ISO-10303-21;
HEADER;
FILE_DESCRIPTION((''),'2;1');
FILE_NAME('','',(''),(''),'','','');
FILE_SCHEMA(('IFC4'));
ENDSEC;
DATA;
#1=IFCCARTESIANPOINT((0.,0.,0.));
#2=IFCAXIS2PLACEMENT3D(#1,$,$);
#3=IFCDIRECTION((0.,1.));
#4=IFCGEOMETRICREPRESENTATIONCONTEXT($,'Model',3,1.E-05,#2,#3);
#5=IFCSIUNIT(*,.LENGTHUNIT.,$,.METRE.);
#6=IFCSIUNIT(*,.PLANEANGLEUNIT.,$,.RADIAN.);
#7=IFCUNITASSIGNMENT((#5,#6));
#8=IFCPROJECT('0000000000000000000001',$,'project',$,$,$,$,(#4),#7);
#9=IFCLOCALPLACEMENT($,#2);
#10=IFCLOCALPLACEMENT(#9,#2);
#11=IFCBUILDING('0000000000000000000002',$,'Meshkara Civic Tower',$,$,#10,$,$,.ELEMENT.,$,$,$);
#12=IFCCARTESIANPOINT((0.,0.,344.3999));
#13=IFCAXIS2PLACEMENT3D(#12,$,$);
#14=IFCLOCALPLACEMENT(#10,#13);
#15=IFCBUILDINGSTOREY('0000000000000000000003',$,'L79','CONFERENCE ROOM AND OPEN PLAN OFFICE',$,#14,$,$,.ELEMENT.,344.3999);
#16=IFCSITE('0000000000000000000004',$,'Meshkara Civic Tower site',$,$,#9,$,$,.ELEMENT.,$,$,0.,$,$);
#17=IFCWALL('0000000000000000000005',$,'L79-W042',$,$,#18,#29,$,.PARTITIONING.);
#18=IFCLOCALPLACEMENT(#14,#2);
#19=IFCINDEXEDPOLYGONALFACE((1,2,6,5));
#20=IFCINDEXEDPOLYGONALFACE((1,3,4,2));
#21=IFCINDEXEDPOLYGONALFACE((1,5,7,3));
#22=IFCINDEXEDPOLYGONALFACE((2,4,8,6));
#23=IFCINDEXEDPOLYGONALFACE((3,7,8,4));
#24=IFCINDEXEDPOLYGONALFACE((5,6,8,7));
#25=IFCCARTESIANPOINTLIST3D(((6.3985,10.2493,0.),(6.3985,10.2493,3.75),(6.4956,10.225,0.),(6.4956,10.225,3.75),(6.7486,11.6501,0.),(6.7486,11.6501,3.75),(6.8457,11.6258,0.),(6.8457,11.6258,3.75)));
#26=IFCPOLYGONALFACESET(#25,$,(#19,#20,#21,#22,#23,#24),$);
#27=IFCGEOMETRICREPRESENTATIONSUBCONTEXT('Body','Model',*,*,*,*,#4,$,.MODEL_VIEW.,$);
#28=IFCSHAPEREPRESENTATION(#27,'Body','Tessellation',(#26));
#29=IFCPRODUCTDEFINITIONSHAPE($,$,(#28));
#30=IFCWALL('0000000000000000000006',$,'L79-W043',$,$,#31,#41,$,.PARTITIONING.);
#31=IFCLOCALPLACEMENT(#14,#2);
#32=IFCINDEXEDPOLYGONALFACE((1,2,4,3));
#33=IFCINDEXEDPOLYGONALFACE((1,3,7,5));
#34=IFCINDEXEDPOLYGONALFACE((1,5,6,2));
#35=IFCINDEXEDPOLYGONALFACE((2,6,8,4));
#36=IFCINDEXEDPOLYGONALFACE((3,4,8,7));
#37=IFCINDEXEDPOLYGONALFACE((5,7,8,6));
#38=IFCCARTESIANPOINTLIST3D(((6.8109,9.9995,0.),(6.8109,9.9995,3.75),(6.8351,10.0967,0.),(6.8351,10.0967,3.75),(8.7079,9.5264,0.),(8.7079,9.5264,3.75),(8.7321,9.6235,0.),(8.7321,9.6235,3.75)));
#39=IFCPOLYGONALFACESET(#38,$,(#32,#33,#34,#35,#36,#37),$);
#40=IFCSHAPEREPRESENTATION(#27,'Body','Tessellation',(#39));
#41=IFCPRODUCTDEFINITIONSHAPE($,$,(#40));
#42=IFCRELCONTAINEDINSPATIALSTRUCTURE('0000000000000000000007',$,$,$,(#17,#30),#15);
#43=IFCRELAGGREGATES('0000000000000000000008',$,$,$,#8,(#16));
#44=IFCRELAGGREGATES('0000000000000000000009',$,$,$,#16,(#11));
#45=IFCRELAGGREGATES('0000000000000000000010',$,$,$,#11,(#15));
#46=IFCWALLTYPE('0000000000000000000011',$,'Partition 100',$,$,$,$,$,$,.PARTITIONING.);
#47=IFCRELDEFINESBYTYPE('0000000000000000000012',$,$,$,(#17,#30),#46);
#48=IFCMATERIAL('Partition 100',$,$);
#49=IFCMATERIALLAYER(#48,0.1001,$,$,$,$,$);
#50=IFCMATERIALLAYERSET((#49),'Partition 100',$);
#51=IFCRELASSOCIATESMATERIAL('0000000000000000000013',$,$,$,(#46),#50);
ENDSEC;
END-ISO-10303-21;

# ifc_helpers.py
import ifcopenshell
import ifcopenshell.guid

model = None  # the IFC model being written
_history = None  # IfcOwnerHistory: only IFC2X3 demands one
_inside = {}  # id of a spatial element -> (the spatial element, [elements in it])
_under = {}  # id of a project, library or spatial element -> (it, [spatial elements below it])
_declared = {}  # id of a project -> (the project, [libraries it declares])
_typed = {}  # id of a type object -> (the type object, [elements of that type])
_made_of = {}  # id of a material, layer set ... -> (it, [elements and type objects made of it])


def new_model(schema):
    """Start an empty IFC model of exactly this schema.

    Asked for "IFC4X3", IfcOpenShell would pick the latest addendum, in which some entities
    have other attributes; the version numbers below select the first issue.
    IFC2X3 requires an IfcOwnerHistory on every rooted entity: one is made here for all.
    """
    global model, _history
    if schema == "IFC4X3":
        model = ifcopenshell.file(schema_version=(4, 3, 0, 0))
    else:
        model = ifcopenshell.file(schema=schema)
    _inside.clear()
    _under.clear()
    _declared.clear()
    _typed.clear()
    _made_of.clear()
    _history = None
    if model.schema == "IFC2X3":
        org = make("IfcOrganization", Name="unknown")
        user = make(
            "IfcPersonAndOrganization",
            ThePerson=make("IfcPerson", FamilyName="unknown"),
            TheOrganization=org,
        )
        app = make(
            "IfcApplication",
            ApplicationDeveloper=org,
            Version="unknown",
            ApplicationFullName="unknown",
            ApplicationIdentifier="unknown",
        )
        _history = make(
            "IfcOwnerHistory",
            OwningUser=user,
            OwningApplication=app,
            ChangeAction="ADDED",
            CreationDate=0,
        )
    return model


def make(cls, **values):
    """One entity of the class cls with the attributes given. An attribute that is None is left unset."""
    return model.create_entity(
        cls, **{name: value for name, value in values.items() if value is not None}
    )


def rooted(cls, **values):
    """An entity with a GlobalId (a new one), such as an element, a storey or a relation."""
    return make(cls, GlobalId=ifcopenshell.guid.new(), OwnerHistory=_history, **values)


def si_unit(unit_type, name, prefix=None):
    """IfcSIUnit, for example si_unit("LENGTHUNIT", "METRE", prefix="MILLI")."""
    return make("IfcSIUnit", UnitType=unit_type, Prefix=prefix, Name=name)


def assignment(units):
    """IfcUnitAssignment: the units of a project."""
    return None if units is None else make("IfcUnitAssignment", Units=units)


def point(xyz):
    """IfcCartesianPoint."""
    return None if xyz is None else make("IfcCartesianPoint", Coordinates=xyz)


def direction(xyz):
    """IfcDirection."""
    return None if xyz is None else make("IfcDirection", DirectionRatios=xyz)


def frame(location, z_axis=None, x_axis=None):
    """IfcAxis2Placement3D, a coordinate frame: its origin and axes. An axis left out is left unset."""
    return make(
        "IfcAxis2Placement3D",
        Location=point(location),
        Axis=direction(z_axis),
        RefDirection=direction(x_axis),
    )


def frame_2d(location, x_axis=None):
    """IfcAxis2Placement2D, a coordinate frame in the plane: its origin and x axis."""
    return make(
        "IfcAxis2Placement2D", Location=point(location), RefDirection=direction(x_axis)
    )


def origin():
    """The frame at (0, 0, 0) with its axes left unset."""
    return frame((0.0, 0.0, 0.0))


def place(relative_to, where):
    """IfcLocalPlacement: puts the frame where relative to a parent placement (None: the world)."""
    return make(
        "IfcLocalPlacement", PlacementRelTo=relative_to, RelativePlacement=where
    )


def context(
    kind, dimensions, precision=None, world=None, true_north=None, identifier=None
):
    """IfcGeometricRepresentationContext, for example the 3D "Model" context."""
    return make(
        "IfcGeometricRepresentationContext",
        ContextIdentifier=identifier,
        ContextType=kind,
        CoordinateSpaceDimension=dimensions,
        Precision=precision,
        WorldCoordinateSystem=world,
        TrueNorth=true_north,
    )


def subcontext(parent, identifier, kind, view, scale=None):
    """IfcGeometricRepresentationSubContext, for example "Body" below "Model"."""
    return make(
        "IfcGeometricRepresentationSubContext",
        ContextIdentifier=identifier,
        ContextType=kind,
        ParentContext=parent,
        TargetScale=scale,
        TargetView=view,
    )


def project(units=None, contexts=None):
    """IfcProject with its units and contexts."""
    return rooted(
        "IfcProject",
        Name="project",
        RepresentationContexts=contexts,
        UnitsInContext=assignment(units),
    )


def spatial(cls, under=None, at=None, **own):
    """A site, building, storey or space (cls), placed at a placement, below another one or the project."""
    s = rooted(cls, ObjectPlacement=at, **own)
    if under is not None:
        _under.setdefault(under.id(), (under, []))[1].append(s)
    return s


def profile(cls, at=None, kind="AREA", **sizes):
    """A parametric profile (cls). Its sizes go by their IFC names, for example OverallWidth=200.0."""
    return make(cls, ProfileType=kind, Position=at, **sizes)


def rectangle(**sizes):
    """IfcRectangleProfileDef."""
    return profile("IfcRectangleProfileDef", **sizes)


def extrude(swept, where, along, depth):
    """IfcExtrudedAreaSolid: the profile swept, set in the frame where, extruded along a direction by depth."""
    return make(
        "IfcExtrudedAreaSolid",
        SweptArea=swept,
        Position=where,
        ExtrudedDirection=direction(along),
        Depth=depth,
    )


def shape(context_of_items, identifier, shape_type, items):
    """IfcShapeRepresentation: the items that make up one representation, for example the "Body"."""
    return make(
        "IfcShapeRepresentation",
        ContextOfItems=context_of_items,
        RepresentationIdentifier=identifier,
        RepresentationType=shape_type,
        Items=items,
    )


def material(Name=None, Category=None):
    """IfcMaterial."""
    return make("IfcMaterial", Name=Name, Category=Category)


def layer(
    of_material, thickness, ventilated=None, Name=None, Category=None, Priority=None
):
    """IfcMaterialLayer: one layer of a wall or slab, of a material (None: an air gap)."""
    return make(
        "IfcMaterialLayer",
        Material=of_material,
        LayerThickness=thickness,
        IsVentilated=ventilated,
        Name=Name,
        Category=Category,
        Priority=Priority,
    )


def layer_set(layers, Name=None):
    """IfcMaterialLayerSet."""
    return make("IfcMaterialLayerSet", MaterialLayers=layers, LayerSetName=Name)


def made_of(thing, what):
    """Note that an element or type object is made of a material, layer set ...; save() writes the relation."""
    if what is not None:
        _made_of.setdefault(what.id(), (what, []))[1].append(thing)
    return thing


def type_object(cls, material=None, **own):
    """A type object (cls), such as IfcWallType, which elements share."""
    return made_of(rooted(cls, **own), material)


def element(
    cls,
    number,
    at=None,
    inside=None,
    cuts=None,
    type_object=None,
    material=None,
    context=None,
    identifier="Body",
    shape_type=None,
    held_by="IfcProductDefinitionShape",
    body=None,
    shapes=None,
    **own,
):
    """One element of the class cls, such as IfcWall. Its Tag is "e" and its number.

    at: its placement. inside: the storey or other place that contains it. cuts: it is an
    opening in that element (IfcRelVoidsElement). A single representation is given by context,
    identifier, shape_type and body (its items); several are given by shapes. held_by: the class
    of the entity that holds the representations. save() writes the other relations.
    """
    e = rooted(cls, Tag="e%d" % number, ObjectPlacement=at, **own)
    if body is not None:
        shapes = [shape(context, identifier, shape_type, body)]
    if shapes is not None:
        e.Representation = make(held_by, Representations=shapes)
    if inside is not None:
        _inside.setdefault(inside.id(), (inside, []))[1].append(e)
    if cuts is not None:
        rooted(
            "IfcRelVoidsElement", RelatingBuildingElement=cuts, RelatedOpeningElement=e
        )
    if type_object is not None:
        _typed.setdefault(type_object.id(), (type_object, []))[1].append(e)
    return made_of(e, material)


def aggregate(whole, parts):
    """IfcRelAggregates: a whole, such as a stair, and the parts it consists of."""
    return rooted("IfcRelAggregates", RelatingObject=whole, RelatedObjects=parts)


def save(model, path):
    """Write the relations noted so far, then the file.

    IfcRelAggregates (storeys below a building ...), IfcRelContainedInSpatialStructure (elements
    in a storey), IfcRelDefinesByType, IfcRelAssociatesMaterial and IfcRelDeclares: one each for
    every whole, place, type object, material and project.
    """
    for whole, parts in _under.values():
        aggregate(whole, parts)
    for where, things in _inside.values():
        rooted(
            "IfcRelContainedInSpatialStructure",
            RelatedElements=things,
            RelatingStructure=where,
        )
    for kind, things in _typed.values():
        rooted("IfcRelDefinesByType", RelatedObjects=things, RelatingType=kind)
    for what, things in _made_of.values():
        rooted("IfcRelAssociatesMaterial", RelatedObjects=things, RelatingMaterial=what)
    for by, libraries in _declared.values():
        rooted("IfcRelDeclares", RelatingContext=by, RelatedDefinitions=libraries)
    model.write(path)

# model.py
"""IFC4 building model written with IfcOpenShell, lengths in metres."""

from ifc_helpers import new_model, si_unit, direction, frame, frame_2d, origin, place, context, subcontext, project, spatial, rectangle, extrude, material, layer, layer_set, type_object, element, save


model = new_model("IFC4")

# Units and contexts
model_context = context("Model", 3, precision=1e-05, world=origin(), true_north=direction((0.0, 1.0)))
body_context = subcontext(model_context, "Body", "Model", "MODEL_VIEW")
ifc_project = project(units=[si_unit("LENGTHUNIT", "METRE"), si_unit("PLANEANGLEUNIT", "RADIAN")], contexts=[model_context])

# Site, building, storey
site_placement = place(None, origin())
site = spatial("IfcSite", under=ifc_project, at=site_placement, Name="Meshkara Civic Tower site", CompositionType="ELEMENT", RefElevation=0.0)
building_placement = place(site_placement, origin())
building = spatial("IfcBuilding", under=site, at=building_placement, Name="Meshkara Civic Tower", CompositionType="ELEMENT")
storey_placement = place(building_placement, frame((0.0, 0.0, 344.3999)))
storey = spatial("IfcBuildingStorey", under=building, at=storey_placement, Name="L79", Description="CONFERENCE ROOM AND OPEN PLAN OFFICE", CompositionType="ELEMENT", Elevation=344.3999)

# Walls
ifc_material_1 = material(Name="Partition 100")
ifc_layer_1 = layer(ifc_material_1, 0.1001)
ifc_layer_set_1 = layer_set([ifc_layer_1], Name="Partition 100")
wall_type_1 = type_object("IfcWallType", Name="Partition 100", PredefinedType="PARTITIONING", material=ifc_layer_set_1)
wall_1_placement = place(storey_placement, frame((6.7971, 11.6379, 0.0), z_axis=(0.0, 0.0, 1.0), x_axis=(-0.242456, -0.970162, 0.0)))
element("IfcWall", 1, at=wall_1_placement, inside=storey, type_object=wall_type_1, Name="L79-W042", PredefinedType="PARTITIONING", context=body_context, shape_type="SweptSolid", body=[
    extrude(rectangle(XDim=1.4438, YDim=0.1001, at=frame_2d((0.7219, 0.0))), origin(), (0.0, 0.0, 1.0), 3.75),
])
wall_2_placement = place(storey_placement, frame((8.72, 9.575, 0.0), z_axis=(0.0, 0.0, 1.0), x_axis=(-0.970275, 0.242007, 0.0)))
element("IfcWall", 2, at=wall_2_placement, inside=storey, type_object=wall_type_1, Name="L79-W043", PredefinedType="PARTITIONING", context=body_context, shape_type="SweptSolid", body=[
    extrude(rectangle(XDim=1.9551, YDim=0.1001, at=frame_2d((0.9775, 0.0))), origin(), (0.0, 0.0, 1.0), 3.75),
])

save(model, "model.ifc")
